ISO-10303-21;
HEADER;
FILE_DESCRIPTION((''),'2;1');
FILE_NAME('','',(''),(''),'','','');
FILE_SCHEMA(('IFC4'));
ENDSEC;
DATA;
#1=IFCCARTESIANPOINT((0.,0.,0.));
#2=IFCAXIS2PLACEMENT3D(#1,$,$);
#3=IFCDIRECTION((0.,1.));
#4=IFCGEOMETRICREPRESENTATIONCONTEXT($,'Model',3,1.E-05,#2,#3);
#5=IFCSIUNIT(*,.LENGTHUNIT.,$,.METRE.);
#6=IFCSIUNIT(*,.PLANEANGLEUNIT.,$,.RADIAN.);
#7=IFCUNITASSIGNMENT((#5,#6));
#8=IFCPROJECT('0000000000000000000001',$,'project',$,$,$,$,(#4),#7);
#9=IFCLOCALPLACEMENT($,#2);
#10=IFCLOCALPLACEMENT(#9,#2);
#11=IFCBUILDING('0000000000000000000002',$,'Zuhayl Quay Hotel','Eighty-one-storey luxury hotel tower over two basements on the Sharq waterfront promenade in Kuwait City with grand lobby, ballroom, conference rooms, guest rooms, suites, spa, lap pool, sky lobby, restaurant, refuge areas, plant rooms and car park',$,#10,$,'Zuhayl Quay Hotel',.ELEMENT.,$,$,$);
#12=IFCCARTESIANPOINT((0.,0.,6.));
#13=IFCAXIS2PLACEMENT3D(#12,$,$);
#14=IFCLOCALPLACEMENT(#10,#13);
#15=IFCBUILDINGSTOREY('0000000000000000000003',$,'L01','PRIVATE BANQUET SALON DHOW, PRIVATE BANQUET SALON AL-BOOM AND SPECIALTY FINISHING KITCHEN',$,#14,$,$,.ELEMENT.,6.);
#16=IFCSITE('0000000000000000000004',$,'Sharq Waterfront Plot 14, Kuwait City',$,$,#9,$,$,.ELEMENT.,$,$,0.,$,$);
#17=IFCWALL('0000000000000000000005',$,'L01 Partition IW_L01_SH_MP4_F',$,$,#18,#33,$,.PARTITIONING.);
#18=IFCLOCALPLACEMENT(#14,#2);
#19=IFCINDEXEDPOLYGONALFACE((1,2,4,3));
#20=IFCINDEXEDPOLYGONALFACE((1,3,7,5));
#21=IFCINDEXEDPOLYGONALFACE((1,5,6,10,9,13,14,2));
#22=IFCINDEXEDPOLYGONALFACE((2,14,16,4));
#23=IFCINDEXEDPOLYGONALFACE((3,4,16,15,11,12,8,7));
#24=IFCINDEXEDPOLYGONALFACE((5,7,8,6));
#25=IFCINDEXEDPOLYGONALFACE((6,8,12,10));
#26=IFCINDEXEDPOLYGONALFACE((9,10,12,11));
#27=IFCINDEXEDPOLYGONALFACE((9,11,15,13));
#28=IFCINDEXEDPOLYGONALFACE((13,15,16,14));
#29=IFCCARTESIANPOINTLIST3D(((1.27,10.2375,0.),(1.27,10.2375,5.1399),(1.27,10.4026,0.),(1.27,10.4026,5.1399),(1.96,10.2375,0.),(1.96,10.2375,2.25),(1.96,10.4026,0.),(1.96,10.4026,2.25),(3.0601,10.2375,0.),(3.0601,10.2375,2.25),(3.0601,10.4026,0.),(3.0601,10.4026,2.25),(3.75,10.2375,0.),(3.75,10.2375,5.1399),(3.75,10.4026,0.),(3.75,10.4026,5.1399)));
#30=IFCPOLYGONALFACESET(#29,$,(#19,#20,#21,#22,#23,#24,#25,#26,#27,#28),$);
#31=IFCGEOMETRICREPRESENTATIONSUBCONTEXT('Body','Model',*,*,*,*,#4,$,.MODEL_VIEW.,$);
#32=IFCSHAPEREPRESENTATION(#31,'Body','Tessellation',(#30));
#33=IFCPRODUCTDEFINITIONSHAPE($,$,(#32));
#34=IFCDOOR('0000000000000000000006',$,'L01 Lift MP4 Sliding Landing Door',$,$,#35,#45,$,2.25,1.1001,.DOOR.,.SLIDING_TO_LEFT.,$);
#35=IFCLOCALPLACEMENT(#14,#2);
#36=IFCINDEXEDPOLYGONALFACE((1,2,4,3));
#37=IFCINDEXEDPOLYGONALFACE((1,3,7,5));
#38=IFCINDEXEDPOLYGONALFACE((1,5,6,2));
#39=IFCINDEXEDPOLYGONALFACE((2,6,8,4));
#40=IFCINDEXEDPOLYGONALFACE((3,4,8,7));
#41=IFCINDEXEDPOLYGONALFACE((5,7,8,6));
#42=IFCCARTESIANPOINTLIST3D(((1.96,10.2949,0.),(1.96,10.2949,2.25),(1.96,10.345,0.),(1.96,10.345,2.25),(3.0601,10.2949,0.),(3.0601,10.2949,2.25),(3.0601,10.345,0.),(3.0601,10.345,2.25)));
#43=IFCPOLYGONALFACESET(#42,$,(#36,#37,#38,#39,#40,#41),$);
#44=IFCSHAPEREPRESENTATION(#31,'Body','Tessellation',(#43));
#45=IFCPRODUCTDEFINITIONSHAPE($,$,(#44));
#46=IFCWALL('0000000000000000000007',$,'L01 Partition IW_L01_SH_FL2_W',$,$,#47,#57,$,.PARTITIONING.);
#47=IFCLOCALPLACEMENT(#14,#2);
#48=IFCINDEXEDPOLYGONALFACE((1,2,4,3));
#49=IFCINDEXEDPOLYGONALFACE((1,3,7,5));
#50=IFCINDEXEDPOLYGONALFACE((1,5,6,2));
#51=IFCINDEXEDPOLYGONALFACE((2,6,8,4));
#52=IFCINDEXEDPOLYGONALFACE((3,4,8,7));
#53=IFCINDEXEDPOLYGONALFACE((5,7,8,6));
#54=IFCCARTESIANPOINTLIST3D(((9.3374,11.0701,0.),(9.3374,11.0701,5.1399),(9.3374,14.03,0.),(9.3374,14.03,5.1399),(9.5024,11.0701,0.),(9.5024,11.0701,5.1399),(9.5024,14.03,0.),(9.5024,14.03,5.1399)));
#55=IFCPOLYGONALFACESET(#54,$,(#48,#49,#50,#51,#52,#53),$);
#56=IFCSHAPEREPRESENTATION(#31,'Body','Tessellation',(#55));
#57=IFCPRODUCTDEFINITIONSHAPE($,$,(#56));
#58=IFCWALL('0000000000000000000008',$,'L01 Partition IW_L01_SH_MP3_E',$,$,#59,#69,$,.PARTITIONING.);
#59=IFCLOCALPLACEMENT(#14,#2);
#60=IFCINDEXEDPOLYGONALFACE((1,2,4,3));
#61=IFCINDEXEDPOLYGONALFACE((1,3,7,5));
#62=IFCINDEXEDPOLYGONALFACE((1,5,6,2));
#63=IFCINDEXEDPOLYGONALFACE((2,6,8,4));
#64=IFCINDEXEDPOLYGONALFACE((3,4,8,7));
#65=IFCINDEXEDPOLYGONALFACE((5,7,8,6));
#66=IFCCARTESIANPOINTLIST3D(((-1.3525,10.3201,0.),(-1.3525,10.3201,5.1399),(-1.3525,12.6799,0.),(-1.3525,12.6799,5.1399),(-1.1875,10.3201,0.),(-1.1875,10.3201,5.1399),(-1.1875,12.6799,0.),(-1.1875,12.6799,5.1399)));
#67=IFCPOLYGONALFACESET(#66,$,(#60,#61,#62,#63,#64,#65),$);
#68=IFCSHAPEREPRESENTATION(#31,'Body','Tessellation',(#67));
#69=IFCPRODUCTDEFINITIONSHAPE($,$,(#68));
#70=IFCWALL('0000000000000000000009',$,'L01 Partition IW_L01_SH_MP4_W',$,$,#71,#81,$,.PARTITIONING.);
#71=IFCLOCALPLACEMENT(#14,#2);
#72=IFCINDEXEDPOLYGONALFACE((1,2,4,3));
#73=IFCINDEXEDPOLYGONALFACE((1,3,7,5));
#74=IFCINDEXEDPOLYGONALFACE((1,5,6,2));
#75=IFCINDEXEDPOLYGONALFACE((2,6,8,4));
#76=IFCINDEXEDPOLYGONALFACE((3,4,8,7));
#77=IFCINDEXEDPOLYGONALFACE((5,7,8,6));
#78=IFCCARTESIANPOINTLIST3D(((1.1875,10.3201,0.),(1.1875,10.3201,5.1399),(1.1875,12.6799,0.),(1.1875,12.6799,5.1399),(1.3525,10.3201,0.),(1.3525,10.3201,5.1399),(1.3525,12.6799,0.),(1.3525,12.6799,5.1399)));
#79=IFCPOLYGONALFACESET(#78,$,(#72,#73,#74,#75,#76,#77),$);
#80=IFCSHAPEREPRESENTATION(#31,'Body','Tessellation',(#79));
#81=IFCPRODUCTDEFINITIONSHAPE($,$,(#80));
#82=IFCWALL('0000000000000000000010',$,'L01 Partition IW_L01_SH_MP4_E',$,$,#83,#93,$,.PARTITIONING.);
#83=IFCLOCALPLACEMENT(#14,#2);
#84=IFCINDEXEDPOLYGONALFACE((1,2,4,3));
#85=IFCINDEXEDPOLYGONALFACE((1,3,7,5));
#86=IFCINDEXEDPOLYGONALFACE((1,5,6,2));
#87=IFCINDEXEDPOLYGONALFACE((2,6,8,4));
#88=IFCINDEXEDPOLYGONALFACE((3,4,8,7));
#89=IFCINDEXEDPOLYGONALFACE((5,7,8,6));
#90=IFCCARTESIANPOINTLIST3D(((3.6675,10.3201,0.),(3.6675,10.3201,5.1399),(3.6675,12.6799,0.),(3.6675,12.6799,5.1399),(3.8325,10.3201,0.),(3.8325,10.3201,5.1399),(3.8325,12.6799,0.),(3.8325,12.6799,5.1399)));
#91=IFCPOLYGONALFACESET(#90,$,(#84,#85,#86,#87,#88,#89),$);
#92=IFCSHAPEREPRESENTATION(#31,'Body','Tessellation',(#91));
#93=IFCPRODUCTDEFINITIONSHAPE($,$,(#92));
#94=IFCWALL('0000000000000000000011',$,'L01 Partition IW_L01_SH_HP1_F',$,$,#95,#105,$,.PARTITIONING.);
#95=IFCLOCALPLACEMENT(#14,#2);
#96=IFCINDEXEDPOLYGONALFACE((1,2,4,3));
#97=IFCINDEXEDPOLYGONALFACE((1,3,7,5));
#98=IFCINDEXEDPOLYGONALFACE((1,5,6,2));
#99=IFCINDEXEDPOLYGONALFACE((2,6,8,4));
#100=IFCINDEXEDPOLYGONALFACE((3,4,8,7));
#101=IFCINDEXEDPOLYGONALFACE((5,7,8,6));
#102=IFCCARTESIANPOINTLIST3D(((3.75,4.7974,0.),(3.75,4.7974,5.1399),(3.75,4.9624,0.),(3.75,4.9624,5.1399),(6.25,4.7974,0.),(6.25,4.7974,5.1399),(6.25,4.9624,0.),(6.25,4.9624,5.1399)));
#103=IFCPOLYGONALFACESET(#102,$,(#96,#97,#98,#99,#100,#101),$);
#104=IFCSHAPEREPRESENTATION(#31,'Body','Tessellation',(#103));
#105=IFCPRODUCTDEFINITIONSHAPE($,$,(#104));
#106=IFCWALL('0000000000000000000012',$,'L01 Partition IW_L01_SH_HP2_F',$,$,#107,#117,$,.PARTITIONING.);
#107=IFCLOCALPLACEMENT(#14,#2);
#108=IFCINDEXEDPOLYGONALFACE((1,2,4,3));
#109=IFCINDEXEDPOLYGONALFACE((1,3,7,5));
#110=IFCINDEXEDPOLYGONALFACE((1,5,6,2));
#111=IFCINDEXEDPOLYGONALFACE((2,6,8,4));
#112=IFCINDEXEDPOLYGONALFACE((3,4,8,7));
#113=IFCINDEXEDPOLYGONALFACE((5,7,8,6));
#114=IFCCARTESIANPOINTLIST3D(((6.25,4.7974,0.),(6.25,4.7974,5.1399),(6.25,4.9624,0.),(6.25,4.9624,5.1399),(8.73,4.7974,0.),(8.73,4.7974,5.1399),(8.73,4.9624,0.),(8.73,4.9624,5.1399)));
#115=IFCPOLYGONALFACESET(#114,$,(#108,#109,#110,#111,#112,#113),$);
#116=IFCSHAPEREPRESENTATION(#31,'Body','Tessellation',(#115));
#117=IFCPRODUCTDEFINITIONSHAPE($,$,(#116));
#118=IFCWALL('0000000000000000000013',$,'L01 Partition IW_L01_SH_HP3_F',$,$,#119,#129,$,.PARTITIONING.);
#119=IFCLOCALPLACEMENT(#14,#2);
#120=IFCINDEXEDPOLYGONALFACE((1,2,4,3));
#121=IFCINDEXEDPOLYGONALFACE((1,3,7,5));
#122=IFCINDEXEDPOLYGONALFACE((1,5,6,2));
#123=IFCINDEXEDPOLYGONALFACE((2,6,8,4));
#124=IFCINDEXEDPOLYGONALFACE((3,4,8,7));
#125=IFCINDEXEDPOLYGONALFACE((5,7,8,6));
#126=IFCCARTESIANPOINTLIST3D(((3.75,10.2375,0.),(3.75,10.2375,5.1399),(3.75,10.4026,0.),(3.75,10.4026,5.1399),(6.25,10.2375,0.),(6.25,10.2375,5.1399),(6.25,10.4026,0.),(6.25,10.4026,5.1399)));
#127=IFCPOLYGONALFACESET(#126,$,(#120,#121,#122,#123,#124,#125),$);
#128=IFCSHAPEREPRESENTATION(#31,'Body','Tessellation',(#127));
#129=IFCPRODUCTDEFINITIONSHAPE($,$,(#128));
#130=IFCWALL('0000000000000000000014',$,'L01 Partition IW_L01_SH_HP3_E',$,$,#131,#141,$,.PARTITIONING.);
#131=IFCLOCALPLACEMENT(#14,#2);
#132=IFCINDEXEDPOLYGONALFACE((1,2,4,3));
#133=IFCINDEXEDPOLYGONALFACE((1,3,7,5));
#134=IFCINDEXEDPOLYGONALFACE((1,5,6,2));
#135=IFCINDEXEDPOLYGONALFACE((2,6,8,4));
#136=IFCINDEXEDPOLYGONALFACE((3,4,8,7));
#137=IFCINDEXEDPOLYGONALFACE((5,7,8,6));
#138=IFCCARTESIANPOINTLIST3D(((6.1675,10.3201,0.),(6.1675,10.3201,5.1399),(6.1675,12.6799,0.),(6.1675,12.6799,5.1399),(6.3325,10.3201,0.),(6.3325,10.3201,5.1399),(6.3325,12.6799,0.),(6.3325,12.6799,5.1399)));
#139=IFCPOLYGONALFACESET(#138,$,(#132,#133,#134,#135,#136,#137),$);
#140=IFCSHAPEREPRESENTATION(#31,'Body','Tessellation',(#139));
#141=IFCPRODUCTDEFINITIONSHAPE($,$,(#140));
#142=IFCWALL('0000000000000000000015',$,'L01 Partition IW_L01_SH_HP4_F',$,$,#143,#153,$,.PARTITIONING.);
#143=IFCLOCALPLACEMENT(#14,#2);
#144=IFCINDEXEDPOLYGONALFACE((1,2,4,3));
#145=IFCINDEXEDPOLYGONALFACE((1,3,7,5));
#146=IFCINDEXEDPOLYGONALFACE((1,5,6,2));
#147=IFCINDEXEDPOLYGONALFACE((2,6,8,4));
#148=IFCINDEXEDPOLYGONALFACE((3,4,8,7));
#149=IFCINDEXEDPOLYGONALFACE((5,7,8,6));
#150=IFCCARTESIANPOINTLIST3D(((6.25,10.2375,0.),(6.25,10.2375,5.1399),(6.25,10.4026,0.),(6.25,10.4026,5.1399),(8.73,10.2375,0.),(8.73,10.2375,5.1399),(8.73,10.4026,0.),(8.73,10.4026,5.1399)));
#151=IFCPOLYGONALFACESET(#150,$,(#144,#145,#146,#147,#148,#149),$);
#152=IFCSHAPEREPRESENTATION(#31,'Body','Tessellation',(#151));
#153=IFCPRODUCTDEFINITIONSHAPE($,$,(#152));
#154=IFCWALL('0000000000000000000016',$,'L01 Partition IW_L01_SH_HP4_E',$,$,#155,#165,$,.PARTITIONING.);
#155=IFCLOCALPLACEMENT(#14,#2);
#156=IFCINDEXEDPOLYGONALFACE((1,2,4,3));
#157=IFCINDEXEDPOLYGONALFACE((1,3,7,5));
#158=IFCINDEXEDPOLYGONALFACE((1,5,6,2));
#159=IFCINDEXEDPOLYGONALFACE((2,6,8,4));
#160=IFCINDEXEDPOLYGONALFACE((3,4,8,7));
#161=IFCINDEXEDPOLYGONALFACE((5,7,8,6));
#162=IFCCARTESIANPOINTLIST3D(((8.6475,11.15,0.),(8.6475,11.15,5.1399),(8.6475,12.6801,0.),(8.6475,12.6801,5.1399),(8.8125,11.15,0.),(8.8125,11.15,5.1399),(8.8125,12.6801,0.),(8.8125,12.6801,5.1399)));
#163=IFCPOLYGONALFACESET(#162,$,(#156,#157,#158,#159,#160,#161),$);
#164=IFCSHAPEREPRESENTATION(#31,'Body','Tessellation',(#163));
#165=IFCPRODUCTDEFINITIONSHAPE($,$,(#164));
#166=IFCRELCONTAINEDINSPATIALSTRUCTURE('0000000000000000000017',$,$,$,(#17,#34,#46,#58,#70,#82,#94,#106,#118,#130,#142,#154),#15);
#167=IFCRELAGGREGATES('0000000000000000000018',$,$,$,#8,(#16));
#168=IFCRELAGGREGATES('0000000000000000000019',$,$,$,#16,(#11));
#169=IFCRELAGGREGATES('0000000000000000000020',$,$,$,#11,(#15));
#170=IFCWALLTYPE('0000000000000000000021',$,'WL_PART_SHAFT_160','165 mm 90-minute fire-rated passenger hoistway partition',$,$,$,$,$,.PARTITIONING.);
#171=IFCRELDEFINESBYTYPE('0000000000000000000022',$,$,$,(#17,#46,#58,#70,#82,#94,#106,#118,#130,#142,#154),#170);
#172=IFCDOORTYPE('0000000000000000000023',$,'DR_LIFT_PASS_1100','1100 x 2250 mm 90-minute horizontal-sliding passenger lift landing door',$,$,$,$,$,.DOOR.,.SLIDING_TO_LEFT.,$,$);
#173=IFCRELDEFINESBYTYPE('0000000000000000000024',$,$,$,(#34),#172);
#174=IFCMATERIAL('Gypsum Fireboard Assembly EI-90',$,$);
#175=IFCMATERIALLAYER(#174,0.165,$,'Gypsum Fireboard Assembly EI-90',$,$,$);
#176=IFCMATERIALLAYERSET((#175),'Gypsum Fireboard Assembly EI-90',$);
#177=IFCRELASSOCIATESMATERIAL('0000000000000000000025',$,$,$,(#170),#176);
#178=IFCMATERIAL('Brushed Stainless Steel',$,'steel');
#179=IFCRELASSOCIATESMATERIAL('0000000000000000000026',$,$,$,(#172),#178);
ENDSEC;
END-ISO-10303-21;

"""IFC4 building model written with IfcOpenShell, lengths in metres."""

from ifc_helpers import new_model, si_unit, direction, frame, frame_2d, origin, place, context, subcontext, project, spatial, rectangle, extrude, material, layer, layer_set, type_object, element, fill, save


model = new_model("IFC4")

# Units and contexts
model_context = context("Model", 3, precision=1e-05, world=origin(), true_north=direction((0.0, 1.0)))
body_context = subcontext(model_context, "Body", "Model", "MODEL_VIEW")
ifc_project = project(units=[si_unit("LENGTHUNIT", "METRE"), si_unit("PLANEANGLEUNIT", "RADIAN")], contexts=[model_context])

# Site, building, storey
site_placement = place(None, origin())
site = spatial("IfcSite", under=ifc_project, at=site_placement, Name="Sharq Waterfront Plot 14, Kuwait City", CompositionType="ELEMENT", RefElevation=0.0)
building_placement = place(site_placement, origin())
building = spatial("IfcBuilding", under=site, at=building_placement, Name="Zuhayl Quay Hotel", Description="Eighty-one-storey luxury hotel tower over two basements on the Sharq waterfront promenade in Kuwait City with grand lobby, ballroom, conference rooms, guest rooms, suites, spa, lap pool, sky lobby, restaurant, refuge areas, plant rooms and car park", LongName="Zuhayl Quay Hotel", CompositionType="ELEMENT")
storey_placement = place(building_placement, frame((0.0, 0.0, 6.0)))
storey = spatial("IfcBuildingStorey", under=building, at=storey_placement, Name="L01", Description="PRIVATE BANQUET SALON DHOW, PRIVATE BANQUET SALON AL-BOOM AND SPECIALTY FINISHING KITCHEN", CompositionType="ELEMENT", Elevation=6.0)

# Wall, opening, door
ifc_material_1 = material(Name="Gypsum Fireboard Assembly EI-90")
ifc_layer_1 = layer(ifc_material_1, 0.165, Name="Gypsum Fireboard Assembly EI-90")
ifc_layer_set_1 = layer_set([ifc_layer_1], Name="Gypsum Fireboard Assembly EI-90")
wall_type_1 = type_object("IfcWallType", Name="WL_PART_SHAFT_160", Description="165 mm 90-minute fire-rated passenger hoistway partition", PredefinedType="PARTITIONING", material=ifc_layer_set_1)
ifc_material_2 = material(Name="Brushed Stainless Steel", Category="steel")
door_type_1 = type_object("IfcDoorType", Name="DR_LIFT_PASS_1100", Description="1100 x 2250 mm 90-minute horizontal-sliding passenger lift landing door", OperationType="SLIDING_TO_LEFT", PredefinedType="DOOR", material=ifc_material_2)
wall_1_placement = place(storey_placement, frame((1.27, 10.3201, 0.0), z_axis=(0.0, 0.0, 1.0), x_axis=(1.0, 0.0, 0.0)))
wall_1 = element("IfcWall", 1, at=wall_1_placement, inside=storey, type_object=wall_type_1, Name="L01 Partition IW_L01_SH_MP4_F", PredefinedType="PARTITIONING", context=body_context, shape_type="SweptSolid", body=[
    extrude(rectangle(XDim=2.48, YDim=0.165, at=frame_2d((1.24, 0.0))), origin(), (0.0, 0.0, 1.0), 5.1399),
])
opening_1_placement = place(wall_1_placement, frame((0.6899, 0.0, 0.0)))
opening_1 = element("IfcOpeningElement", 2, at=opening_1_placement, cuts=wall_1, PredefinedType="OPENING", context=body_context, shape_type="SweptSolid", body=[
    extrude(rectangle(XDim=1.1001, YDim=2.25, at=frame_2d((0.55, 1.125))), frame((0.0, 0.0925, 0.0), z_axis=(0.0, -1.0, 0.0), x_axis=(1.0, 0.0, 0.0)), (0.0, 0.0, 1.0), 0.1851),
])
door_1_placement = place(opening_1_placement, origin())
door_1 = element("IfcDoor", 3, at=door_1_placement, inside=storey, type_object=door_type_1, Name="L01 Lift MP4 Sliding Landing Door", OperationType="SLIDING_TO_LEFT", OverallHeight=2.25, OverallWidth=1.1001, PredefinedType="DOOR", context=body_context, shape_type="SweptSolid", body=[
    extrude(rectangle(XDim=1.1001, YDim=2.25, at=frame_2d((0.55, 1.125))), frame((0.0, 0.0249, 0.0), z_axis=(0.0, -1.0, 0.0), x_axis=(1.0, 0.0, 0.0)), (0.0, 0.0, 1.0), 0.05),
])
fill(opening_1, door_1)

# Walls
wall_2_placement = place(storey_placement, frame((9.4199, 11.0701, 0.0), z_axis=(0.0, 0.0, 1.0), x_axis=(0.0, 1.0, 0.0)))
element("IfcWall", 4, at=wall_2_placement, inside=storey, type_object=wall_type_1, Name="L01 Partition IW_L01_SH_FL2_W", PredefinedType="PARTITIONING", context=body_context, shape_type="SweptSolid", body=[
    extrude(rectangle(XDim=2.96, YDim=0.165, at=frame_2d((1.48, 0.0))), origin(), (0.0, 0.0, 1.0), 5.1399),
])
for number, where, z_axis, x_axis, name in (
    (5, (-1.27, 10.3201, 0.0), (0.0, 0.0, 1.0), (0.0, 1.0, 0.0), "L01 Partition IW_L01_SH_MP3_E"),
    (6, (1.27, 10.3201, 0.0), (0.0, 0.0, 1.0), (0.0, 1.0, 0.0), "L01 Partition IW_L01_SH_MP4_W"),
    (7, (3.75, 10.3201, 0.0), (0.0, 0.0, 1.0), (0.0, 1.0, 0.0), "L01 Partition IW_L01_SH_MP4_E"),
):
    element("IfcWall", number, at=place(storey_placement, frame(where, z_axis=z_axis, x_axis=x_axis)), inside=storey, type_object=wall_type_1, Name=name, PredefinedType="PARTITIONING", context=body_context, shape_type="SweptSolid", body=[
        extrude(rectangle(XDim=2.3599, YDim=0.165, at=frame_2d((1.1799, 0.0))), origin(), (0.0, 0.0, 1.0), 5.1399),
    ])
wall_3_placement = place(storey_placement, frame((3.75, 4.8799, 0.0), z_axis=(0.0, 0.0, 1.0), x_axis=(1.0, 0.0, 0.0)))
element("IfcWall", 8, at=wall_3_placement, inside=storey, type_object=wall_type_1, Name="L01 Partition IW_L01_SH_HP1_F", PredefinedType="PARTITIONING", context=body_context, shape_type="SweptSolid", body=[
    extrude(rectangle(XDim=2.5, YDim=0.165, at=frame_2d((1.25, 0.0))), origin(), (0.0, 0.0, 1.0), 5.1399),
])
wall_4_placement = place(storey_placement, frame((6.25, 4.8799, 0.0), z_axis=(0.0, 0.0, 1.0), x_axis=(1.0, 0.0, 0.0)))
element("IfcWall", 9, at=wall_4_placement, inside=storey, type_object=wall_type_1, Name="L01 Partition IW_L01_SH_HP2_F", PredefinedType="PARTITIONING", context=body_context, shape_type="SweptSolid", body=[
    extrude(rectangle(XDim=2.48, YDim=0.165, at=frame_2d((1.24, 0.0))), origin(), (0.0, 0.0, 1.0), 5.1399),
])
wall_5_placement = place(storey_placement, frame((3.75, 10.3201, 0.0), z_axis=(0.0, 0.0, 1.0), x_axis=(1.0, 0.0, 0.0)))
element("IfcWall", 10, at=wall_5_placement, inside=storey, type_object=wall_type_1, Name="L01 Partition IW_L01_SH_HP3_F", PredefinedType="PARTITIONING", context=body_context, shape_type="SweptSolid", body=[
    extrude(rectangle(XDim=2.5, YDim=0.165, at=frame_2d((1.25, 0.0))), origin(), (0.0, 0.0, 1.0), 5.1399),
])
wall_6_placement = place(storey_placement, frame((6.25, 10.3201, 0.0), z_axis=(0.0, 0.0, 1.0), x_axis=(0.0, 1.0, 0.0)))
element("IfcWall", 11, at=wall_6_placement, inside=storey, type_object=wall_type_1, Name="L01 Partition IW_L01_SH_HP3_E", PredefinedType="PARTITIONING", context=body_context, shape_type="SweptSolid", body=[
    extrude(rectangle(XDim=2.3599, YDim=0.165, at=frame_2d((1.1799, 0.0))), origin(), (0.0, 0.0, 1.0), 5.1399),
])
wall_7_placement = place(storey_placement, frame((6.25, 10.3201, 0.0), z_axis=(0.0, 0.0, 1.0), x_axis=(1.0, 0.0, 0.0)))
element("IfcWall", 12, at=wall_7_placement, inside=storey, type_object=wall_type_1, Name="L01 Partition IW_L01_SH_HP4_F", PredefinedType="PARTITIONING", context=body_context, shape_type="SweptSolid", body=[
    extrude(rectangle(XDim=2.48, YDim=0.165, at=frame_2d((1.24, 0.0))), origin(), (0.0, 0.0, 1.0), 5.1399),
])
wall_8_placement = place(storey_placement, frame((8.73, 11.1499, 0.0), z_axis=(0.0, 0.0, 1.0), x_axis=(0.0, 1.0, 0.0)))
element("IfcWall", 13, at=wall_8_placement, inside=storey, type_object=wall_type_1, Name="L01 Partition IW_L01_SH_HP4_E", PredefinedType="PARTITIONING", context=body_context, shape_type="SweptSolid", body=[
    extrude(rectangle(XDim=1.53, YDim=0.165, at=frame_2d((0.7651, 0.0))), origin(), (0.0, 0.0, 1.0), 5.1399),
])

save(model, "model.ifc")
